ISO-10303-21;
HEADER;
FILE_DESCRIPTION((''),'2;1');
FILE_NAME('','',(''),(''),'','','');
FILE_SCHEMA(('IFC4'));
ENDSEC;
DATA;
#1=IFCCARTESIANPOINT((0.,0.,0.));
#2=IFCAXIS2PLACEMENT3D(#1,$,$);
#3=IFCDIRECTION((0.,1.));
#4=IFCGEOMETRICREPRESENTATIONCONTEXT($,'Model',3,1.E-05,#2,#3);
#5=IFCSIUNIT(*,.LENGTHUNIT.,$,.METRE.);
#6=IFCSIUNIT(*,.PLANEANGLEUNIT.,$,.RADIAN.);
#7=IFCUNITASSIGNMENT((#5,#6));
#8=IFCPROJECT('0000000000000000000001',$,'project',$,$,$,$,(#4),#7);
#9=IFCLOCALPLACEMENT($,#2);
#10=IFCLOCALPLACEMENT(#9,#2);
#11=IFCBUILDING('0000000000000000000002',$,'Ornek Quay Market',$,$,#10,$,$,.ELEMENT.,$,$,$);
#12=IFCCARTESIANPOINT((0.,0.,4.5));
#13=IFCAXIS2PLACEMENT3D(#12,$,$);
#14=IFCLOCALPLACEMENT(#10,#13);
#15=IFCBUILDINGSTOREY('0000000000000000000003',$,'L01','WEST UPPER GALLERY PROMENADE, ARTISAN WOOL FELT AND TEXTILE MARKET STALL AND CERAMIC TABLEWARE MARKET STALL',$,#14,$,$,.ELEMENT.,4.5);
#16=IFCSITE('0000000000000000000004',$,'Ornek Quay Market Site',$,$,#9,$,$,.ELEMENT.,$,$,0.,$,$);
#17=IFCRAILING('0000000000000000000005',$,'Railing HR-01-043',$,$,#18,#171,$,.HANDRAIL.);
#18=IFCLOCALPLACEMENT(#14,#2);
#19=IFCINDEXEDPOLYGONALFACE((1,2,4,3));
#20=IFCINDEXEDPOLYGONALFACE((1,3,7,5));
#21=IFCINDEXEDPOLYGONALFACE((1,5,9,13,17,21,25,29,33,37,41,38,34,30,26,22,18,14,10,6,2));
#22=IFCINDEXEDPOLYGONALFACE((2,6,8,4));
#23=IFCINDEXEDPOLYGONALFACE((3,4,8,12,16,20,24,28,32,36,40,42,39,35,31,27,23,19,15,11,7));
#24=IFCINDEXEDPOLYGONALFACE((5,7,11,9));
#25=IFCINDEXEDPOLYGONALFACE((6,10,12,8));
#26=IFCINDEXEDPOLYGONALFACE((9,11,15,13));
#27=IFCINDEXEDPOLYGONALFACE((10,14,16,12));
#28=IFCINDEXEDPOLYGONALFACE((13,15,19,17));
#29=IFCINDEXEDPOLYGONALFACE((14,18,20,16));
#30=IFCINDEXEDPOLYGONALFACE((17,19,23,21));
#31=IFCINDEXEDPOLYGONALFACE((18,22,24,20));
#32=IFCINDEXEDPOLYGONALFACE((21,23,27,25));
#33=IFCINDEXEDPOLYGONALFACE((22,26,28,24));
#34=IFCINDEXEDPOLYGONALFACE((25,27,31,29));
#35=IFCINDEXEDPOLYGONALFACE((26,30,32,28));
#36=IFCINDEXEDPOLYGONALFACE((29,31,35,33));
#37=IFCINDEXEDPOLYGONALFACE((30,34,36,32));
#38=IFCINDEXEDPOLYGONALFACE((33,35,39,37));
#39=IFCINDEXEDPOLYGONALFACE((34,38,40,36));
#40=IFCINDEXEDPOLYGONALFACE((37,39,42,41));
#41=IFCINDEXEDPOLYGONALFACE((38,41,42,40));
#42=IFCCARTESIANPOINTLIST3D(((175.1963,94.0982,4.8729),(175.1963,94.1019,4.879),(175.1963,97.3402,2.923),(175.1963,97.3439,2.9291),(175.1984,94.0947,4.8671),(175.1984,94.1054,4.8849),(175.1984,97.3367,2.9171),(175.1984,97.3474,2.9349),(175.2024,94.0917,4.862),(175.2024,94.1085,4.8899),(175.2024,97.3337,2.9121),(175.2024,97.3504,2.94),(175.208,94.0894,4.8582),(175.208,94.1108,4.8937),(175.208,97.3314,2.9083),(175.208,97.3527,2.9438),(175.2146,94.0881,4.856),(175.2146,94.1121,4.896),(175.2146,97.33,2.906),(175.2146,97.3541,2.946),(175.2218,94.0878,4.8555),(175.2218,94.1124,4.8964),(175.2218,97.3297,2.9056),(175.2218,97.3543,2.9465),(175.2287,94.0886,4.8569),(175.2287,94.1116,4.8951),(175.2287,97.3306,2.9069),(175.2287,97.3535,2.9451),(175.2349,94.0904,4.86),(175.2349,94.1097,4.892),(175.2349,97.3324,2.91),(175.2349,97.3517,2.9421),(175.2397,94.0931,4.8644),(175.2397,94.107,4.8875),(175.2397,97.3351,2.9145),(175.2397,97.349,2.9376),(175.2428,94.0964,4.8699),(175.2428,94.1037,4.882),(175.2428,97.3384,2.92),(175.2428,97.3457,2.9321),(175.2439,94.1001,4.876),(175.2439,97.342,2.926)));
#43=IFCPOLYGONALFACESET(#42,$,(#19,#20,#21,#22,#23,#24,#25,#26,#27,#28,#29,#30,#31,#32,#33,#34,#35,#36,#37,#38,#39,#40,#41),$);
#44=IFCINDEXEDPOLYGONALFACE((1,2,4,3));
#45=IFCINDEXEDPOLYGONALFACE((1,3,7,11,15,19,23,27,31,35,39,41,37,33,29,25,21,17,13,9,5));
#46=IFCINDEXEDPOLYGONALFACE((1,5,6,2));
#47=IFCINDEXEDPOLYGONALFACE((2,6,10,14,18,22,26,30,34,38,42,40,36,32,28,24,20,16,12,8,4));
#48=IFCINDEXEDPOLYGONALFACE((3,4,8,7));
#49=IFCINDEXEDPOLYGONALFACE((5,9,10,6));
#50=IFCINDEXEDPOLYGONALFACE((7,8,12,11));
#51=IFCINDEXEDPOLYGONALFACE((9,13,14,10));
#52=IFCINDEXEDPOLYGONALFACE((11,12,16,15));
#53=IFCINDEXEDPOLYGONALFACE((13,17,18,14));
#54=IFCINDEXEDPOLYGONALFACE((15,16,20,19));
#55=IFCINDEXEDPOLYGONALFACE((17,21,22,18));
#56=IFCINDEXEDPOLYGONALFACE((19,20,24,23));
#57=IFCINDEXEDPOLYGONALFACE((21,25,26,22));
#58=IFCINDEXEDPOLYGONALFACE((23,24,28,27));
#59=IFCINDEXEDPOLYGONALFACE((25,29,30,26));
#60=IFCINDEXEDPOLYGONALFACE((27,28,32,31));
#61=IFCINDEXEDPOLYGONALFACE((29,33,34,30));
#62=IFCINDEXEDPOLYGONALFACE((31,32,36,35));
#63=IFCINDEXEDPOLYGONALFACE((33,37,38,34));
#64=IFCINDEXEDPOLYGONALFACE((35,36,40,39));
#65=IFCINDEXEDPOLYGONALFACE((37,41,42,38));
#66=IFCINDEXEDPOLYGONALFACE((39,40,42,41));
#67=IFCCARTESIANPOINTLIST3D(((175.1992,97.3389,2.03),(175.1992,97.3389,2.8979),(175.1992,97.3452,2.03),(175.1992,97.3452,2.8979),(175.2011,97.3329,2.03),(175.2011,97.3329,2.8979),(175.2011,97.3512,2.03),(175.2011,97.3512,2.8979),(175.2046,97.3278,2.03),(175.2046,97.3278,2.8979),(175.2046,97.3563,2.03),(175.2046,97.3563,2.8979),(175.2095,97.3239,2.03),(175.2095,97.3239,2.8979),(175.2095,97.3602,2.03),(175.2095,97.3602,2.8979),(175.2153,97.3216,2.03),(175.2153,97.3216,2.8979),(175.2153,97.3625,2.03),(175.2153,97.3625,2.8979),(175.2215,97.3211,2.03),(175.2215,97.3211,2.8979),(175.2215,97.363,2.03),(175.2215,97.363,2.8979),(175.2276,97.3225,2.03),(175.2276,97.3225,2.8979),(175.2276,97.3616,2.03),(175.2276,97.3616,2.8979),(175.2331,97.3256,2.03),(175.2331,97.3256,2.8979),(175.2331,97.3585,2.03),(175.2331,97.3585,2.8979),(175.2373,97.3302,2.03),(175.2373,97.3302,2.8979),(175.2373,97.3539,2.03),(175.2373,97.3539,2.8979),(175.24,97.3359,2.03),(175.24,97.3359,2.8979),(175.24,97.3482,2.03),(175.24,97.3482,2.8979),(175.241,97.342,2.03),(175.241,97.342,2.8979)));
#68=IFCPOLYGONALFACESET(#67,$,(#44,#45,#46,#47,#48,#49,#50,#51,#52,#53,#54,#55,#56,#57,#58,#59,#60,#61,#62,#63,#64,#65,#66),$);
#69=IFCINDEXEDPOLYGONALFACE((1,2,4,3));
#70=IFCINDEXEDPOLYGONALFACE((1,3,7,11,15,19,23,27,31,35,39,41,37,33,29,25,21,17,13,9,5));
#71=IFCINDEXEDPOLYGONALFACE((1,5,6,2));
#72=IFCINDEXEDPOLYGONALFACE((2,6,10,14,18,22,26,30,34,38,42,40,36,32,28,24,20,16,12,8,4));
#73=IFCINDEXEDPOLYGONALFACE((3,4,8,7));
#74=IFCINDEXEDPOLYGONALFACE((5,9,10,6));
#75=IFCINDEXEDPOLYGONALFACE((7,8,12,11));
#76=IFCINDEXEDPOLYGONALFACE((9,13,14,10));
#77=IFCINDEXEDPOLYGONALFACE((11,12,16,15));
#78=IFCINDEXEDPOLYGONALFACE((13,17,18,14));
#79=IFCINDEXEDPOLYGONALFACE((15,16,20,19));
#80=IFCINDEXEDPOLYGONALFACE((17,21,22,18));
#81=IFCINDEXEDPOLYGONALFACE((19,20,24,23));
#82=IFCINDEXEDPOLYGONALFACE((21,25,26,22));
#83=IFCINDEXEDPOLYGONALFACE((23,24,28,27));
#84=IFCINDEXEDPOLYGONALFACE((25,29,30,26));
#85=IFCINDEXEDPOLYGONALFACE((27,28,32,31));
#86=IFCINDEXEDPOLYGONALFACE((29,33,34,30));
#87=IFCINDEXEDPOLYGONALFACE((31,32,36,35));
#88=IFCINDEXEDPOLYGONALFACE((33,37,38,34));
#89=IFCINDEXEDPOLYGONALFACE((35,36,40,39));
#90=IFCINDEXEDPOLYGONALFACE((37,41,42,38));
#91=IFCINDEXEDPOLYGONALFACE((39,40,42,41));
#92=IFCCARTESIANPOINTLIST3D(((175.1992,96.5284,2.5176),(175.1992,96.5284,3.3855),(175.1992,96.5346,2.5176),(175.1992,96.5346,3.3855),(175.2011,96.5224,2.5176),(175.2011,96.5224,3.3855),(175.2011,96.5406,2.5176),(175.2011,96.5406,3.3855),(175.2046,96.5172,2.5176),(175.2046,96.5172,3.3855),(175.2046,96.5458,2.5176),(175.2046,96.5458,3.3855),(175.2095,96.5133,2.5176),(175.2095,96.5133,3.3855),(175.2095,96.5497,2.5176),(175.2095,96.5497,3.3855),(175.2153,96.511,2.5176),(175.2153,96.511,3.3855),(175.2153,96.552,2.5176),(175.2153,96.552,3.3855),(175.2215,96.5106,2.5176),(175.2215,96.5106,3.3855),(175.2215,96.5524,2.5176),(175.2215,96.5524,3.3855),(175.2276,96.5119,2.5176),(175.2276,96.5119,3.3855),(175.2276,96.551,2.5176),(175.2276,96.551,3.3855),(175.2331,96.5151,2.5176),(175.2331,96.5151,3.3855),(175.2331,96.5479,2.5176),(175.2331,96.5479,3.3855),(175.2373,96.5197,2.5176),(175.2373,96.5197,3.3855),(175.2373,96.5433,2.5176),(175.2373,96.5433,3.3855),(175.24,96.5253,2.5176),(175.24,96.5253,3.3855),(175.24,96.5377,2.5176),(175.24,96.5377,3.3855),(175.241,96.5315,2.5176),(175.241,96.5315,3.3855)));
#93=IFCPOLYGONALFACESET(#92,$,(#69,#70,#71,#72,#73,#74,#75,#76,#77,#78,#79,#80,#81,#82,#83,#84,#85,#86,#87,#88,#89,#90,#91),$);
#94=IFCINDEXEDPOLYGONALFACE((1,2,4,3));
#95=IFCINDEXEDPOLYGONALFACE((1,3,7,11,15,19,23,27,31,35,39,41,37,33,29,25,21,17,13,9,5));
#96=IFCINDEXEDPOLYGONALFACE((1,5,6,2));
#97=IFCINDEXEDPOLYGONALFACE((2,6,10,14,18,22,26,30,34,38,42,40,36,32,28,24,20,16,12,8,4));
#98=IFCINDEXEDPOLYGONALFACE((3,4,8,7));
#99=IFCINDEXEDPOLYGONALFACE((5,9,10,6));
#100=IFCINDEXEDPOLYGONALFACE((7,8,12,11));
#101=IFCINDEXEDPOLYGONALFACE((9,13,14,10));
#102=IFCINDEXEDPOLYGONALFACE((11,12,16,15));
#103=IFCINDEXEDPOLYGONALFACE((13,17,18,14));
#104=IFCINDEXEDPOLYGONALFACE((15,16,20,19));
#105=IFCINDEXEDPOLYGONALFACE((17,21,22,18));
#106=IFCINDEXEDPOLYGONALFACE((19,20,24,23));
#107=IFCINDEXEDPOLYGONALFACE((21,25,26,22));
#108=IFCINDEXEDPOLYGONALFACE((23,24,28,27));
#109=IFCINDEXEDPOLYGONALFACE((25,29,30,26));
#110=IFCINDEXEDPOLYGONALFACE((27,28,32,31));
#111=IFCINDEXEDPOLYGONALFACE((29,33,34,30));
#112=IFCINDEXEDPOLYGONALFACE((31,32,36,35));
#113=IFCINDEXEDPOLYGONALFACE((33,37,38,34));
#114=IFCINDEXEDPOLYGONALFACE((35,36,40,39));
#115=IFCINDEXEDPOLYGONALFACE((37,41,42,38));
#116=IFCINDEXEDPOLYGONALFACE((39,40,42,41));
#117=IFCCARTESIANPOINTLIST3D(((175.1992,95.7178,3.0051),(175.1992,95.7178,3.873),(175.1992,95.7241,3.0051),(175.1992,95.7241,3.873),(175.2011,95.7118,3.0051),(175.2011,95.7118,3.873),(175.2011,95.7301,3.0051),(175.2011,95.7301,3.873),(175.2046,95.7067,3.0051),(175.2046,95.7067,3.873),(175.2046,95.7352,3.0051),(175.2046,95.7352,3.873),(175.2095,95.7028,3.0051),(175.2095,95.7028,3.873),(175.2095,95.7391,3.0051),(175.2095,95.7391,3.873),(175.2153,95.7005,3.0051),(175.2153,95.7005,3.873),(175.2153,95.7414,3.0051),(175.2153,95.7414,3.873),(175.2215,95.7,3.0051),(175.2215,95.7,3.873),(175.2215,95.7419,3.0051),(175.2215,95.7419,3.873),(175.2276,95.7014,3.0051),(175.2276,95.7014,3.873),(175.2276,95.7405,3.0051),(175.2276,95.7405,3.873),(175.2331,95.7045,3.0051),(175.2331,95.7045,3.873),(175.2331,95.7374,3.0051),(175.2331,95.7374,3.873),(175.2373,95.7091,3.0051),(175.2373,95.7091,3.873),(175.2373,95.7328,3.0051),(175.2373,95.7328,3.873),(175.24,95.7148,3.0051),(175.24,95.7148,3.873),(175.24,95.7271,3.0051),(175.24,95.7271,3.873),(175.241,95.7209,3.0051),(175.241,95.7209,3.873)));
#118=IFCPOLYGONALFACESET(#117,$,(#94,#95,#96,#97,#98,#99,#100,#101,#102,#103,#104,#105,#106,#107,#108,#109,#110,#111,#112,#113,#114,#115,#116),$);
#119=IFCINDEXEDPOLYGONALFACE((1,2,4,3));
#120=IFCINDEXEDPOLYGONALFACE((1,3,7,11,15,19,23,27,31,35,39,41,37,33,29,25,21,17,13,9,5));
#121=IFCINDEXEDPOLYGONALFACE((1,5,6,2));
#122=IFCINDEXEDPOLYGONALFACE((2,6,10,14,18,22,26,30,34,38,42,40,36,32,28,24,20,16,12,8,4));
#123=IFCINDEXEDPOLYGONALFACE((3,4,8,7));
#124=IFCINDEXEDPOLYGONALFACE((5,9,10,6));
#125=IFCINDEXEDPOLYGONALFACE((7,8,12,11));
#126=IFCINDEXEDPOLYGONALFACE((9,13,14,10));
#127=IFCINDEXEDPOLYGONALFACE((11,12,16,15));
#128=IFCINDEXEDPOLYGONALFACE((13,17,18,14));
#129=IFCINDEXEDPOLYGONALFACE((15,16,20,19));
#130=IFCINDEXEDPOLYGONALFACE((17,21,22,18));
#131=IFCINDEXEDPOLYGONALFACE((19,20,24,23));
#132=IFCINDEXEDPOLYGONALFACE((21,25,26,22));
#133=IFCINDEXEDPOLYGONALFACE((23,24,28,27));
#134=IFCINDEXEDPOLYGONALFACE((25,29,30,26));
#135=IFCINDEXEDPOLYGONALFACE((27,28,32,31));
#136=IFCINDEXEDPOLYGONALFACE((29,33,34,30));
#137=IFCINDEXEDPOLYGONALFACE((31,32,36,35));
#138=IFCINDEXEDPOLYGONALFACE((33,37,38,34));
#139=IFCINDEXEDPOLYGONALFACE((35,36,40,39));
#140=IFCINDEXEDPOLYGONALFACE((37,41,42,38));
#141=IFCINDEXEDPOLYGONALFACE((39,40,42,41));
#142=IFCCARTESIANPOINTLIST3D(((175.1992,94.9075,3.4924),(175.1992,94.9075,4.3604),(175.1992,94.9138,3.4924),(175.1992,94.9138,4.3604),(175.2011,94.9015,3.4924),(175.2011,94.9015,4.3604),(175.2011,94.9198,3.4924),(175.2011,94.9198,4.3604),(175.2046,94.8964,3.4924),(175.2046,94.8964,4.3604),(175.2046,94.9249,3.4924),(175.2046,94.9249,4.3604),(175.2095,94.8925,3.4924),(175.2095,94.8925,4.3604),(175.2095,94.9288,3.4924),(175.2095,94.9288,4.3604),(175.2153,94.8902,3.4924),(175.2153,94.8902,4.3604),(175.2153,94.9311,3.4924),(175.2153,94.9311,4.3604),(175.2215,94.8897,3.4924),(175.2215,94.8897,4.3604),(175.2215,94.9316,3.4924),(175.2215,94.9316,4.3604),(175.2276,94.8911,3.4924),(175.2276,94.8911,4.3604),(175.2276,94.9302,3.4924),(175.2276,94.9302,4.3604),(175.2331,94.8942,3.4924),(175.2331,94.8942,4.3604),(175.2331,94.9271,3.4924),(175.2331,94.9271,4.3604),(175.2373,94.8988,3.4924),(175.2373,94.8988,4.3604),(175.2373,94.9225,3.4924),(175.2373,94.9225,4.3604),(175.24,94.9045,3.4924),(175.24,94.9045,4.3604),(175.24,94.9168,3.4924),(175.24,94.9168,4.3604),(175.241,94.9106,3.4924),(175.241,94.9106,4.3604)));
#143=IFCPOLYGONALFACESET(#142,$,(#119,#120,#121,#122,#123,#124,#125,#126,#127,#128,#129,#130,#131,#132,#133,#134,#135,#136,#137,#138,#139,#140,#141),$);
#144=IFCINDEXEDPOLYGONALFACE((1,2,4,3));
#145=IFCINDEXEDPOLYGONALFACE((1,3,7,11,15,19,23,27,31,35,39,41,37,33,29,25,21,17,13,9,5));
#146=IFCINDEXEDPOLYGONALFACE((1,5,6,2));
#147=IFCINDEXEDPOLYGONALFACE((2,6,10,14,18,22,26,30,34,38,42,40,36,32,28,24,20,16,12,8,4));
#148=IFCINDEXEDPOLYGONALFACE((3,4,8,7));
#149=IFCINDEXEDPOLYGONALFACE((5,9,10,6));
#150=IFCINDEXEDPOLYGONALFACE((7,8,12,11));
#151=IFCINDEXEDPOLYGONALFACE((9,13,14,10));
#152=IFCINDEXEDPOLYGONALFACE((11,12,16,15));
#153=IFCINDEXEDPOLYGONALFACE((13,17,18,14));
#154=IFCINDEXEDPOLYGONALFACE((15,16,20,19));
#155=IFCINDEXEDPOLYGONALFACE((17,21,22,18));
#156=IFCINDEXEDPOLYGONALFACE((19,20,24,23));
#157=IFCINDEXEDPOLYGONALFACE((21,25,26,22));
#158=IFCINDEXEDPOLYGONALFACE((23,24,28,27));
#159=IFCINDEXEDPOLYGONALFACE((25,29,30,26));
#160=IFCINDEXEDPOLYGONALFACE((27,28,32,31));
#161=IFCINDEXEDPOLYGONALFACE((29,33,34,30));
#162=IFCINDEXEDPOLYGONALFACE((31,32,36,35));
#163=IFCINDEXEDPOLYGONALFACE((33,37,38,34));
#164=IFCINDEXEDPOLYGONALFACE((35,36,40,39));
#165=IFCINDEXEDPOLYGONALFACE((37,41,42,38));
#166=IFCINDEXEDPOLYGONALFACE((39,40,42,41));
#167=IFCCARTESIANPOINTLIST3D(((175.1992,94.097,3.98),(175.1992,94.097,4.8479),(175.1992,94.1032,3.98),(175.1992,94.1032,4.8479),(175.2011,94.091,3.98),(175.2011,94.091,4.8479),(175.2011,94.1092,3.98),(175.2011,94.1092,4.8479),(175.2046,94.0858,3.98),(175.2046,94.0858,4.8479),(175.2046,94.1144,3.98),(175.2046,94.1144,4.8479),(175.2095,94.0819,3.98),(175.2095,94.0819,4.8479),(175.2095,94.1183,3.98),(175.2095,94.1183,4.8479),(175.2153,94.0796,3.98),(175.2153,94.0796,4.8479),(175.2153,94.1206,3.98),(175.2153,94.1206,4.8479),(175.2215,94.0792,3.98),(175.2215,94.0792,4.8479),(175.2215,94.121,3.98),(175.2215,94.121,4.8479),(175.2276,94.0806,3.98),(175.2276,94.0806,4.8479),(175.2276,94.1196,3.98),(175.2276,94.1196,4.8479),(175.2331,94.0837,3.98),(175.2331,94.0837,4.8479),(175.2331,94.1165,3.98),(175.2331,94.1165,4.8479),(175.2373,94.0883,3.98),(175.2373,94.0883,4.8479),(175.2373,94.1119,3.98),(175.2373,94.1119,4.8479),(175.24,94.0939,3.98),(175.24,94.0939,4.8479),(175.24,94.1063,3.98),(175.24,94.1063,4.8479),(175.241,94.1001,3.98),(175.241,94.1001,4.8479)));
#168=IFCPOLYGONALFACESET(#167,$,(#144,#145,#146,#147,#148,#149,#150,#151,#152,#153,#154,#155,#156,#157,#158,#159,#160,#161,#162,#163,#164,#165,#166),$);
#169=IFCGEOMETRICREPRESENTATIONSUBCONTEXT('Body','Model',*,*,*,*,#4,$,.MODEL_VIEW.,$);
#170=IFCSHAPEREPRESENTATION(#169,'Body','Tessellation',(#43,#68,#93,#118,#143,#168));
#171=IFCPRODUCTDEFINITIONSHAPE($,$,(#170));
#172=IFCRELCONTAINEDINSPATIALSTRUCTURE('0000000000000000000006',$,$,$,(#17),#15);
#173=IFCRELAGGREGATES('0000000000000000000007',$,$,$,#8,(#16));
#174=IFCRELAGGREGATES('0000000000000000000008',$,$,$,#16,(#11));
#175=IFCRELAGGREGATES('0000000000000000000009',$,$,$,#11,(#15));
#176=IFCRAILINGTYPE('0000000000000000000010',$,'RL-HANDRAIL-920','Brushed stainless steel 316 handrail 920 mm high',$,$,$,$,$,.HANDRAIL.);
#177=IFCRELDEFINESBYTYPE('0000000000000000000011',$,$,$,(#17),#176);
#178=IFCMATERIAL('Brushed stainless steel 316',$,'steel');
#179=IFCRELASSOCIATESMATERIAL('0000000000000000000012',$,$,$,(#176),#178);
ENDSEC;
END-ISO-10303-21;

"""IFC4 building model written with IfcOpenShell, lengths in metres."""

from ifc_helpers import new_model, si_unit, direction, frame, origin, origin_2d, place, context, subcontext, project, spatial, circle, extrude, material, type_object, element, save


model = new_model("IFC4")

# Units and contexts
model_context = context("Model", 3, precision=1e-05, world=origin(), true_north=direction((0.0, 1.0)))
body_context = subcontext(model_context, "Body", "Model", "MODEL_VIEW")
ifc_project = project(units=[si_unit("LENGTHUNIT", "METRE"), si_unit("PLANEANGLEUNIT", "RADIAN")], contexts=[model_context])

# Site, building, storey
site_placement = place(None, origin())
site = spatial("IfcSite", under=ifc_project, at=site_placement, Name="Ornek Quay Market Site", CompositionType="ELEMENT", RefElevation=0.0)
building_placement = place(site_placement, origin())
building = spatial("IfcBuilding", under=site, at=building_placement, Name="Ornek Quay Market", CompositionType="ELEMENT")
storey_placement = place(building_placement, frame((0.0, 0.0, 4.5)))
storey = spatial("IfcBuildingStorey", under=building, at=storey_placement, Name="L01", Description="WEST UPPER GALLERY PROMENADE, ARTISAN WOOL FELT AND TEXTILE MARKET STALL AND CERAMIC TABLEWARE MARKET STALL", CompositionType="ELEMENT", Elevation=4.5)

# Railing
ifc_material_1 = material(Name="Brushed stainless steel 316", Category="steel")
railing_type_1 = type_object("IfcRailingType", Name="RL-HANDRAIL-920", Description="Brushed stainless steel 316 handrail 920 mm high", PredefinedType="HANDRAIL", material=ifc_material_1)
railing_1_placement = place(storey_placement, frame((175.22, 97.342, 2.03)))
element("IfcRailing", 1, at=railing_1_placement, inside=storey, type_object=railing_type_1, Name="Railing HR-01-043", PredefinedType="HANDRAIL", context=body_context, shape_type="SweptSolid", body=[
    extrude(circle(Radius=0.0239, at=origin_2d()), frame((0.0, 0.0, 0.896), z_axis=(0.0, -0.856934, 0.515425), x_axis=(1.0, 0.0, 0.0)), (0.0, 0.0, 1.0), 3.7832),
    extrude(circle(Radius=0.021, at=origin_2d()), origin(), (0.0, 0.0, 1.0), 0.8679),
    extrude(circle(Radius=0.021, at=origin_2d()), frame((0.0, -0.8105, 0.4875)), (0.0, 0.0, 1.0), 0.8679),
    extrude(circle(Radius=0.021, at=origin_2d()), frame((0.0, -1.6211, 0.9751)), (0.0, 0.0, 1.0), 0.8679),
    extrude(circle(Radius=0.021, at=origin_2d()), frame((0.0, -2.4314, 1.4624)), (0.0, 0.0, 1.0), 0.8679),
    extrude(circle(Radius=0.021, at=origin_2d()), frame((0.0, -3.2419, 1.95)), (0.0, 0.0, 1.0), 0.8679),
])

save(model, "model.ifc")
